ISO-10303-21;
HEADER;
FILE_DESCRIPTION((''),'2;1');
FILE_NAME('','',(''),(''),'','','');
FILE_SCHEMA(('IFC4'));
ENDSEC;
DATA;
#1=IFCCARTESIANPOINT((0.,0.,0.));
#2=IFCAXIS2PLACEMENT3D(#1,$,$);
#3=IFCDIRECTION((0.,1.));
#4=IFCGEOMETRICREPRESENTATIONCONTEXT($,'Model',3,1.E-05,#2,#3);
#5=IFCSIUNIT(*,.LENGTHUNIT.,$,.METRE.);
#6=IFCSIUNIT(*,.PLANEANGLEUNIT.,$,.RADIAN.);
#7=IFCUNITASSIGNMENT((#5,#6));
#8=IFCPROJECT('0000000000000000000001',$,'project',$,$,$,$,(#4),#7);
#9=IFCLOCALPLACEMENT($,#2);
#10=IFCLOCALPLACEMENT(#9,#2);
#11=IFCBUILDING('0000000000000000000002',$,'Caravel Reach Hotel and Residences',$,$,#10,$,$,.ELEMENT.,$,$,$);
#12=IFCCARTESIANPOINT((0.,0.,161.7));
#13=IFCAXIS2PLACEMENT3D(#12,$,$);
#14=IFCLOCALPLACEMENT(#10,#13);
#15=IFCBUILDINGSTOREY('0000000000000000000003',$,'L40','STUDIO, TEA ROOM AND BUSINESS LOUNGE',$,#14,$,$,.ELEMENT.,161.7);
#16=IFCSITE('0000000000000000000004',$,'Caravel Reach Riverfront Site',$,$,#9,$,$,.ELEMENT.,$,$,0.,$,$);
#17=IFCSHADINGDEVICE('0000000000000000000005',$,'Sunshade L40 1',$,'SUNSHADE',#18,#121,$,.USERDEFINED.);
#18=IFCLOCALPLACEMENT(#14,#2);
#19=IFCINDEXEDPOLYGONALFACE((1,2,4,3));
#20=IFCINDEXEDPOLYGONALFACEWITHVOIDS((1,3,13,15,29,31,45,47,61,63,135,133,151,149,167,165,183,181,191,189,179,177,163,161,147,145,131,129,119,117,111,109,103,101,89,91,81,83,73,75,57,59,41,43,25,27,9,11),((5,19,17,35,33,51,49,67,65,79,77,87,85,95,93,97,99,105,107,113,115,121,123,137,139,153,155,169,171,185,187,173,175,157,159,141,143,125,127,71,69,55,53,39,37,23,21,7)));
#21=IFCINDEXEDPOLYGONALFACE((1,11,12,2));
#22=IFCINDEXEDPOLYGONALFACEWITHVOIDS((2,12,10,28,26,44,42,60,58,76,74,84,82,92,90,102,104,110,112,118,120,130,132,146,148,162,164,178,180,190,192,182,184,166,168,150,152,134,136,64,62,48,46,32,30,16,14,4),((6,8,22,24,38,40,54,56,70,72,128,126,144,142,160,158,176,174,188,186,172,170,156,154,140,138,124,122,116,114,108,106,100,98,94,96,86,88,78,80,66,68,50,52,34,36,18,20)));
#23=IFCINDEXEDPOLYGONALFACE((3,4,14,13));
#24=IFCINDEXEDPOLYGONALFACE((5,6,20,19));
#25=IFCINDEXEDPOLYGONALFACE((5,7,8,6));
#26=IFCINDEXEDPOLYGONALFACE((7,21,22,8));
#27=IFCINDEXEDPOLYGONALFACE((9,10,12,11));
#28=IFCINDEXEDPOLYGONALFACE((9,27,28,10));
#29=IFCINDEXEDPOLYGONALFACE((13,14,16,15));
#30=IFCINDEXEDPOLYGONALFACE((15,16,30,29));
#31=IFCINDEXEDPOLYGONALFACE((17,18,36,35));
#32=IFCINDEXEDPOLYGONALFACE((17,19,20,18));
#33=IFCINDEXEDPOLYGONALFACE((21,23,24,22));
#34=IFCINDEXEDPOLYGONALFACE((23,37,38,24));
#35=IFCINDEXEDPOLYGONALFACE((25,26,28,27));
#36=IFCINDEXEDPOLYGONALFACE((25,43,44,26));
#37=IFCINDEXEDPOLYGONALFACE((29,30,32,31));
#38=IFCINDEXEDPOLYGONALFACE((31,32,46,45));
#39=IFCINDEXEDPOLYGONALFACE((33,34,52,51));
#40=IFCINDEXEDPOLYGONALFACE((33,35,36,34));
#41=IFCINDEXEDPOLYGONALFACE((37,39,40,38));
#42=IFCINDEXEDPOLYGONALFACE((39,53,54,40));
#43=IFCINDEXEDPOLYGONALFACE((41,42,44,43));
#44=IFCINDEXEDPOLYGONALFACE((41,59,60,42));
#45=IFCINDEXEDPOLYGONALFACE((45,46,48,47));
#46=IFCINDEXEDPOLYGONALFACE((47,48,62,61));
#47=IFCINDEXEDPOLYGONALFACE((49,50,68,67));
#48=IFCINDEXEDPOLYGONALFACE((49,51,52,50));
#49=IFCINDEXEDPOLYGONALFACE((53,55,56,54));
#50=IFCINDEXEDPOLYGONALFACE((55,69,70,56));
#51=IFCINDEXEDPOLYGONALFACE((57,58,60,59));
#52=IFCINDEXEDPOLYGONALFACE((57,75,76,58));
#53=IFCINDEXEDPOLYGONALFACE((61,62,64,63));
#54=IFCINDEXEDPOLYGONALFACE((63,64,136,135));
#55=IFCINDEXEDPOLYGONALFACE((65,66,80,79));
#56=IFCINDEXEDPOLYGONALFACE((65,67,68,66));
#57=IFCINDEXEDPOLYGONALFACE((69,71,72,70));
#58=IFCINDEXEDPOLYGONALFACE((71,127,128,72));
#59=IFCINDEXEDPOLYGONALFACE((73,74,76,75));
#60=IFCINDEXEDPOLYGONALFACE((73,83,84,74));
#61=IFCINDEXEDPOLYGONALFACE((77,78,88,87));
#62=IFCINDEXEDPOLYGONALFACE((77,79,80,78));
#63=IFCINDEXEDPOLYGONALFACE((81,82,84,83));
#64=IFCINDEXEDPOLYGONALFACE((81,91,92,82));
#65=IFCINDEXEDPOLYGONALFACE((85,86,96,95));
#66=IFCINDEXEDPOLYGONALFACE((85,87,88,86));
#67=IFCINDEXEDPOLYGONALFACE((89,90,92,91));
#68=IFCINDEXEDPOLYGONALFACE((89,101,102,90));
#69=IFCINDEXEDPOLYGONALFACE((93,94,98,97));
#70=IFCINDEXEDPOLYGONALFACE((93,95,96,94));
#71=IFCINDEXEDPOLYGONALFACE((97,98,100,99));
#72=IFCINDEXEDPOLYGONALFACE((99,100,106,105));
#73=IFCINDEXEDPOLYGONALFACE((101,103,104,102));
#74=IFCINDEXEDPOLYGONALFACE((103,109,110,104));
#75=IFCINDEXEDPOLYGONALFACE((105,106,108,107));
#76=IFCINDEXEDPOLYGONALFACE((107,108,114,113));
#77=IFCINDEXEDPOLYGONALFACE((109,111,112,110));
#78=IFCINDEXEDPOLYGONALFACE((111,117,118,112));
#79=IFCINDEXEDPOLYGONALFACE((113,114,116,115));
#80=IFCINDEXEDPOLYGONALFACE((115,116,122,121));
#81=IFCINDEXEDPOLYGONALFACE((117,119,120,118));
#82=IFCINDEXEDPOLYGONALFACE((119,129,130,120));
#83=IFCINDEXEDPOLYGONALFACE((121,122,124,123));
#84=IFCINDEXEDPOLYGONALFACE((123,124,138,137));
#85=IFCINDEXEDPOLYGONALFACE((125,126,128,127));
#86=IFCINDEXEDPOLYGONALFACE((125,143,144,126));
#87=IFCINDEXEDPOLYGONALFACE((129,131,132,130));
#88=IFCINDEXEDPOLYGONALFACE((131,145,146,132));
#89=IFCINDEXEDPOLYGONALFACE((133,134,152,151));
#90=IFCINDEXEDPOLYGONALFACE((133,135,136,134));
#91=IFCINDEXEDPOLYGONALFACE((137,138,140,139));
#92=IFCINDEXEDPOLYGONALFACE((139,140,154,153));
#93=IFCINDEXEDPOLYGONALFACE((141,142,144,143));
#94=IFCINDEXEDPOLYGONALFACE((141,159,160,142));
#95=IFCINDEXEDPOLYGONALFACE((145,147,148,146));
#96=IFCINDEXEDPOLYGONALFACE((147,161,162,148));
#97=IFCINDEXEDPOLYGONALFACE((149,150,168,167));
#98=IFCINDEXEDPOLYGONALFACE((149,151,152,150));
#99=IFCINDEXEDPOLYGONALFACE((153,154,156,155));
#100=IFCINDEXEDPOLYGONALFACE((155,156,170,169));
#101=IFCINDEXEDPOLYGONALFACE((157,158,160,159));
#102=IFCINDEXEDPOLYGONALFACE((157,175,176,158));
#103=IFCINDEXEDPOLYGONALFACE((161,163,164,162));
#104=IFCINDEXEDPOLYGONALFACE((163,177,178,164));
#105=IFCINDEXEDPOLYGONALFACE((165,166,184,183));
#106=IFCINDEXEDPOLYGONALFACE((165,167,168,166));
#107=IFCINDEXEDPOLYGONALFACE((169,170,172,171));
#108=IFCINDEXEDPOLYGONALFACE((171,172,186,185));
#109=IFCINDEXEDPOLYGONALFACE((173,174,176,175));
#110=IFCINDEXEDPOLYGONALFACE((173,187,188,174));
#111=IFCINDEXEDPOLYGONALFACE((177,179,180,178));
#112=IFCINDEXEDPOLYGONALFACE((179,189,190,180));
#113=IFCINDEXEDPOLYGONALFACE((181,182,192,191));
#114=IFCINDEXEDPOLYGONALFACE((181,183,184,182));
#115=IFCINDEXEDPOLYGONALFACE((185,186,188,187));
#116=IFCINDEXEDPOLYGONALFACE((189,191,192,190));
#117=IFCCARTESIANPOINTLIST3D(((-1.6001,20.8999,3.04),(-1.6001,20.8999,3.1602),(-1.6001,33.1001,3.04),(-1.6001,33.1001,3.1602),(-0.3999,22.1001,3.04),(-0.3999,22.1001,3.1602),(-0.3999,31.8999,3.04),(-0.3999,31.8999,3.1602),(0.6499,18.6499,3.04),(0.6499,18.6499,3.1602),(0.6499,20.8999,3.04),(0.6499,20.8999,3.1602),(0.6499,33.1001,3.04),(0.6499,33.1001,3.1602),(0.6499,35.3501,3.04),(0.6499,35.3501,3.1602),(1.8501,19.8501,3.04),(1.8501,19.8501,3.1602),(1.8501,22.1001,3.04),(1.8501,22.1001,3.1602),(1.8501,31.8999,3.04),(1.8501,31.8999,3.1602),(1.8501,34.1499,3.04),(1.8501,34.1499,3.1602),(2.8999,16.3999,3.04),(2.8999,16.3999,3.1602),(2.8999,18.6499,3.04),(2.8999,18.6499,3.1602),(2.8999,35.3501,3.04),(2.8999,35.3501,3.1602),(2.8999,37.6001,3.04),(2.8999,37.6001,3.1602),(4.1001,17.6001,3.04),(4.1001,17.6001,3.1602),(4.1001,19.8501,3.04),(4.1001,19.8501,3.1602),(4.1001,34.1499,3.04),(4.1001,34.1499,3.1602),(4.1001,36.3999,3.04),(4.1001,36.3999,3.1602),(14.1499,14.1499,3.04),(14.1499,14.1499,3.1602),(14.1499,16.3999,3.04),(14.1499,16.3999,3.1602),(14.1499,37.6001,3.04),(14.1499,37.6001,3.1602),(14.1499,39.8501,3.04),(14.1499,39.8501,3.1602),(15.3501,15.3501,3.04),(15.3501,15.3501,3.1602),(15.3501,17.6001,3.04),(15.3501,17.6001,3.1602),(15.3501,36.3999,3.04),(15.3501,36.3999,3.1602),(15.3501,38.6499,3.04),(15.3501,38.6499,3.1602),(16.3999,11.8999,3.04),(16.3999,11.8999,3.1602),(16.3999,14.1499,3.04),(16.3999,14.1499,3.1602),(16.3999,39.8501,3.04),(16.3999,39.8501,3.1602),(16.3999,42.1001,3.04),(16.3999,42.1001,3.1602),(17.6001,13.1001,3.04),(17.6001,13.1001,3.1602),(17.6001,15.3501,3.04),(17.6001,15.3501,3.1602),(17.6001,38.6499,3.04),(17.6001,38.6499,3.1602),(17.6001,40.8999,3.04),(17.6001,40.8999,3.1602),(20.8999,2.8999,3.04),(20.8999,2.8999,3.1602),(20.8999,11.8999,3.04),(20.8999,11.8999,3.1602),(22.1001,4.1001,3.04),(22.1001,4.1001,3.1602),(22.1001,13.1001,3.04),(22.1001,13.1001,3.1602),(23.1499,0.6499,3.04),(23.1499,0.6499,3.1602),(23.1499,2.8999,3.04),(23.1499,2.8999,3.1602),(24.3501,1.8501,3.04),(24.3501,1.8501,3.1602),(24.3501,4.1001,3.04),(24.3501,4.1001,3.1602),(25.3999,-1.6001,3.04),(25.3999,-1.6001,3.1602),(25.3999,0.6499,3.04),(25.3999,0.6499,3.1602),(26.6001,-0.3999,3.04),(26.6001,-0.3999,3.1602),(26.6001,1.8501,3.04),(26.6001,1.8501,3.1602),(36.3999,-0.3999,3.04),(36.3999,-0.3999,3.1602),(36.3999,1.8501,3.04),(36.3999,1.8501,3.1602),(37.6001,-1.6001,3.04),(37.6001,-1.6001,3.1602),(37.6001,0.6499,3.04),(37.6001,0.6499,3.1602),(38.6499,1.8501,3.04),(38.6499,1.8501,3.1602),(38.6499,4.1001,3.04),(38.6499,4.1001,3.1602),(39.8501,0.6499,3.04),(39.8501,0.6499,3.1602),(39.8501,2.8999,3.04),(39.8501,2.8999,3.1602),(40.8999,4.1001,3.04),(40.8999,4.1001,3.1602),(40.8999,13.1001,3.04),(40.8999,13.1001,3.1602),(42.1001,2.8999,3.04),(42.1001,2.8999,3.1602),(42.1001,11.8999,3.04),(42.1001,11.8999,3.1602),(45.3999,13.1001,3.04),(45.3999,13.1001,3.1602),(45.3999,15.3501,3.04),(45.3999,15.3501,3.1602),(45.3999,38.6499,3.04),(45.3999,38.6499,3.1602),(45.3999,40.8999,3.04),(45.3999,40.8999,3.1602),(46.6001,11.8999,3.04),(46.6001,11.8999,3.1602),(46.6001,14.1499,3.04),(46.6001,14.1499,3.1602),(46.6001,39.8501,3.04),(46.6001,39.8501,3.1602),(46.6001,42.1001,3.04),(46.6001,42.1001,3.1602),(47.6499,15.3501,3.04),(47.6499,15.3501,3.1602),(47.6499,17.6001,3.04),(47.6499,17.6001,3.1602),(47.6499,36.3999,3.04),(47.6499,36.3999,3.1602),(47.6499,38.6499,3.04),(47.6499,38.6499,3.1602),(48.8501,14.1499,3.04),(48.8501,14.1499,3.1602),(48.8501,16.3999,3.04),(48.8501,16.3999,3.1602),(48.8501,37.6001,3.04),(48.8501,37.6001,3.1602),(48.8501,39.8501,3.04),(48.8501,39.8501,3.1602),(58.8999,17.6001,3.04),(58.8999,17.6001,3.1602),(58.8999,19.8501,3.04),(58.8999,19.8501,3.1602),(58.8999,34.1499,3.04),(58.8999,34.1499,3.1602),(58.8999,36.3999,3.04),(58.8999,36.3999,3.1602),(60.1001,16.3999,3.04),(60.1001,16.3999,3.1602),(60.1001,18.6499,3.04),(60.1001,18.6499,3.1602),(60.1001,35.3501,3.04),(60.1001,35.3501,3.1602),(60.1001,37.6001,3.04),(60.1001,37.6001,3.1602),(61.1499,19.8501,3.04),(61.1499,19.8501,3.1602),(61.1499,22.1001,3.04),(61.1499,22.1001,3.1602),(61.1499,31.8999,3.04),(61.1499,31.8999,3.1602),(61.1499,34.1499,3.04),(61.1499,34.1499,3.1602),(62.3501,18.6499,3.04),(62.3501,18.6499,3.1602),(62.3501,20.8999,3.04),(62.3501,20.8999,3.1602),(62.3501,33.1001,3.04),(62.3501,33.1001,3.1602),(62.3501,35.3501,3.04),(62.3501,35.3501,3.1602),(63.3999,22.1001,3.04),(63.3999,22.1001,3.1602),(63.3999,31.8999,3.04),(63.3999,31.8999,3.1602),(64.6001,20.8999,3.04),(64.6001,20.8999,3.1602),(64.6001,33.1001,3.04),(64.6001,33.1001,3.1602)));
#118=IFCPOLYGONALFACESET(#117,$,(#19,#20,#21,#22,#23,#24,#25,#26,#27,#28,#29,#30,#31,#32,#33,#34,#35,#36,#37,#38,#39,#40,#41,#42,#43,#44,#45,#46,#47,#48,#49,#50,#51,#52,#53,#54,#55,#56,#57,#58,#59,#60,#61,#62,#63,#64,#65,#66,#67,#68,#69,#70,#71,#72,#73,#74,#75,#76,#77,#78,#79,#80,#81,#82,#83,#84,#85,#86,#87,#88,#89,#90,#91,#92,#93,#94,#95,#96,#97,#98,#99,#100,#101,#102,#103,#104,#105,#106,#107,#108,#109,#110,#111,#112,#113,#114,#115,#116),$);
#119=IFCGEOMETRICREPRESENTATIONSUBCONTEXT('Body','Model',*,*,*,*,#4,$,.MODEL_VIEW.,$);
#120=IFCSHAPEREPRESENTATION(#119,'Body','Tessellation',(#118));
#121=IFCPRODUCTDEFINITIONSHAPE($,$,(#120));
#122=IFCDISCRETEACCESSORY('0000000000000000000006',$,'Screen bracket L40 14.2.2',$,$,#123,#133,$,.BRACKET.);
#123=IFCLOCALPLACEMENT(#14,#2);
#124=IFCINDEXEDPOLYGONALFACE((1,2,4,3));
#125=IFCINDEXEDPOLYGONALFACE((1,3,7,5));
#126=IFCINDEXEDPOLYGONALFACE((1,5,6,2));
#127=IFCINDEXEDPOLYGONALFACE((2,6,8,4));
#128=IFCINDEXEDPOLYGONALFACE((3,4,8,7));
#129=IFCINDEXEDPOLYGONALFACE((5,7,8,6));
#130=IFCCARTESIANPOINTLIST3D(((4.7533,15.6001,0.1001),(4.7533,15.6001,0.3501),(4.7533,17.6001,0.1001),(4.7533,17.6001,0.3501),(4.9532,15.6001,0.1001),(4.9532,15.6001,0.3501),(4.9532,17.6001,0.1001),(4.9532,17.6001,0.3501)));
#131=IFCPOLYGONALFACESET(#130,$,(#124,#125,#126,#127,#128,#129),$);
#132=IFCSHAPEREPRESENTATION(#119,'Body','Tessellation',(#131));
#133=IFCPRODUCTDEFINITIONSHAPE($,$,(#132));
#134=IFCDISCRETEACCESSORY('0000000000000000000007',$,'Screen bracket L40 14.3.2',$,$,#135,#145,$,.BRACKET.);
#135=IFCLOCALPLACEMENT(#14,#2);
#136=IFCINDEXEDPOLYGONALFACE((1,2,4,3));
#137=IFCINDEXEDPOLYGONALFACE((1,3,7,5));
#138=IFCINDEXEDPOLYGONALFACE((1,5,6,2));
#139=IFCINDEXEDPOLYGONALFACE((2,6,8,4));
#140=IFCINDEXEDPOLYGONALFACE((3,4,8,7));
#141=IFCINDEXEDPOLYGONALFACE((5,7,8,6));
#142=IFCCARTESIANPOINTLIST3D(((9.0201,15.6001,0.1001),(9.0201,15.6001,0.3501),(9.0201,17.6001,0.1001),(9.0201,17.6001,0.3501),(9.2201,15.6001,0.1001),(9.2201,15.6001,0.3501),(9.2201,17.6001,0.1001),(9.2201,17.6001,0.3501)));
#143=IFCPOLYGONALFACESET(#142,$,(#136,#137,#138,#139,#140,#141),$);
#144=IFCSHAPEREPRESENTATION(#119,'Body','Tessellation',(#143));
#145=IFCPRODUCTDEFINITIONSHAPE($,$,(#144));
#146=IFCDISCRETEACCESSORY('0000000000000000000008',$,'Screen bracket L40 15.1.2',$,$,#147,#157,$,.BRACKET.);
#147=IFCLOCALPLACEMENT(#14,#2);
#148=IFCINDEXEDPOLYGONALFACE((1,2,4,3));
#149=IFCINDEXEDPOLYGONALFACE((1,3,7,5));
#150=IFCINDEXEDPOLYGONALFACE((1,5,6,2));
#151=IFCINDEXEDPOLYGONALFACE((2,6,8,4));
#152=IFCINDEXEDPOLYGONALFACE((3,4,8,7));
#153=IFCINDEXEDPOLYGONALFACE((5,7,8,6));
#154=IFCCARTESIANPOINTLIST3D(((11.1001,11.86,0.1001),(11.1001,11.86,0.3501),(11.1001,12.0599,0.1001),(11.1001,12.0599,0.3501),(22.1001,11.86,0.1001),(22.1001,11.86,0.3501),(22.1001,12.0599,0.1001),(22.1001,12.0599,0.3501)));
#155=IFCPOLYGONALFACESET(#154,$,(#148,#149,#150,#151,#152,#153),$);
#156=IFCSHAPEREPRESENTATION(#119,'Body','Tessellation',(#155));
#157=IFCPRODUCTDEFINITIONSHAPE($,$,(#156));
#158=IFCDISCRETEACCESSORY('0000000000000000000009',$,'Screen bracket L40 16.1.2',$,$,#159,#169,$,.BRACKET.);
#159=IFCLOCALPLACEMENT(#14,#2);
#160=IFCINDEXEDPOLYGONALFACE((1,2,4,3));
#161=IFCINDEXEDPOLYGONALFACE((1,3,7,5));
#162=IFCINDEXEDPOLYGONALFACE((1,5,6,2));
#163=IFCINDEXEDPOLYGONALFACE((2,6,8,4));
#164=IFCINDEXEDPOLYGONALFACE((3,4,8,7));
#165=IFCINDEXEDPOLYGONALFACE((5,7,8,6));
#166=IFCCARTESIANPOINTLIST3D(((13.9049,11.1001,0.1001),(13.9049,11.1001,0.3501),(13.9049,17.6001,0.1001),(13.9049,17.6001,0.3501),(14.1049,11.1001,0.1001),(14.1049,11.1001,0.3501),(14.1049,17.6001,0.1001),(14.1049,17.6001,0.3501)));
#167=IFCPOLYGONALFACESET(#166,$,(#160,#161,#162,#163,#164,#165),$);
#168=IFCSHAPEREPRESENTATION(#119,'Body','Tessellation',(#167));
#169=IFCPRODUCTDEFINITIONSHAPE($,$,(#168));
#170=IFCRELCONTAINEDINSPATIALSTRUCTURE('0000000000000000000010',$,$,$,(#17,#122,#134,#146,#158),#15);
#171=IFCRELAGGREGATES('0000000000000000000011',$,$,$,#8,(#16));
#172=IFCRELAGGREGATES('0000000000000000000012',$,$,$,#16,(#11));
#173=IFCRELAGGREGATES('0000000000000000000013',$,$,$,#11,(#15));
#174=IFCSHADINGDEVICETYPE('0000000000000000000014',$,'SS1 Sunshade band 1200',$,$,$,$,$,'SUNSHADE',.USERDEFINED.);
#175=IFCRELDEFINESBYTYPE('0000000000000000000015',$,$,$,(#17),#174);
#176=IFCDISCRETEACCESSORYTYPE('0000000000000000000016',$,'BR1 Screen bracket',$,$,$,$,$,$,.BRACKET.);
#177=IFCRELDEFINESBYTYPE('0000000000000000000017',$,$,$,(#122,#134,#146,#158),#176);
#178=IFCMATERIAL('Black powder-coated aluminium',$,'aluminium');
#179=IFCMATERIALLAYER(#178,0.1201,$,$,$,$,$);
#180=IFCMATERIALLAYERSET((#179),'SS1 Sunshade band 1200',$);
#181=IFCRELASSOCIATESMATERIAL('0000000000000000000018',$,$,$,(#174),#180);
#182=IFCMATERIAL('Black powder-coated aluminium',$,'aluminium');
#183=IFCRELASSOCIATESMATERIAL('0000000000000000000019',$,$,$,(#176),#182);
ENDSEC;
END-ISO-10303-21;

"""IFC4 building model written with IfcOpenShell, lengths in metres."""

from ifc_helpers import new_model, si_unit, direction, frame, origin, origin_2d, place, context, subcontext, project, spatial, polyline, rectangle, outline, extrude, material, layer, layer_set, type_object, element, save


model = new_model("IFC4")

# Units and contexts
model_context = context("Model", 3, precision=1e-05, world=origin(), true_north=direction((0.0, 1.0)))
body_context = subcontext(model_context, "Body", "Model", "MODEL_VIEW")
ifc_project = project(units=[si_unit("LENGTHUNIT", "METRE"), si_unit("PLANEANGLEUNIT", "RADIAN")], contexts=[model_context])

# Site, building, storey
site_placement = place(None, origin())
site = spatial("IfcSite", under=ifc_project, at=site_placement, Name="Caravel Reach Riverfront Site", CompositionType="ELEMENT", RefElevation=0.0)
building_placement = place(site_placement, origin())
building = spatial("IfcBuilding", under=site, at=building_placement, Name="Caravel Reach Hotel and Residences", CompositionType="ELEMENT")
storey_placement = place(building_placement, frame((0.0, 0.0, 161.7)))
storey = spatial("IfcBuildingStorey", under=building, at=storey_placement, Name="L40", Description="STUDIO, TEA ROOM AND BUSINESS LOUNGE", CompositionType="ELEMENT", Elevation=161.7)

# Shading device
ifc_material_1 = material(Name="Black powder-coated aluminium", Category="aluminium")
ifc_layer_1 = layer(ifc_material_1, 0.1201)
ifc_layer_set_1 = layer_set([ifc_layer_1], Name="SS1 Sunshade band 1200")
shading_device_type = type_object("IfcShadingDeviceType", Name="SS1 Sunshade band 1200", ElementType="SUNSHADE", PredefinedType="USERDEFINED", material=ifc_layer_set_1)
shading_device_placement = place(storey_placement, frame((0.0, 0.0, 3.04)))
element("IfcShadingDevice", 1, at=shading_device_placement, inside=storey, type_object=shading_device_type, Name="Sunshade L40 1", ObjectType="SUNSHADE", PredefinedType="USERDEFINED", context=body_context, shape_type="SweptSolid", body=[
    extrude(outline(polyline([(20.8999, 11.8999), (20.8999, 2.8999), (23.1499, 2.8999), (23.1499, 0.6499), (25.3999, 0.6499), (25.3999, -1.6001), (37.6001, -1.6001), (37.6001, 0.6499), (39.8501, 0.6499), (39.8501, 2.8999), (42.1001, 2.8999), (42.1001, 11.8999), (46.6001, 11.8999), (46.6001, 14.1499), (48.8501, 14.1499), (48.8501, 16.3999), (60.1001, 16.3999), (60.1001, 18.6499), (62.3501, 18.6499), (62.3501, 20.8999), (64.6001, 20.8999), (64.6001, 33.1001), (62.3501, 33.1001), (62.3501, 35.3501), (60.1001, 35.3501), (60.1001, 37.6001), (48.8501, 37.6001), (48.8501, 39.8501), (46.6001, 39.8501), (46.6001, 42.1001), (16.3999, 42.1001), (16.3999, 39.8501), (14.1499, 39.8501), (14.1499, 37.6001), (2.8999, 37.6001), (2.8999, 35.3501), (0.6499, 35.3501), (0.6499, 33.1001), (-1.6001, 33.1001), (-1.6001, 20.8999), (0.6499, 20.8999), (0.6499, 18.6499), (2.8999, 18.6499), (2.8999, 16.3999), (14.1499, 16.3999), (14.1499, 14.1499), (16.3999, 14.1499), (16.3999, 11.8999), (20.8999, 11.8999)]), holes=[polyline([(24.3501, 4.1001), (22.1001, 4.1001), (22.1001, 13.1001), (17.6001, 13.1001), (17.6001, 15.3501), (15.3501, 15.3501), (15.3501, 17.6001), (4.1001, 17.6001), (4.1001, 19.8501), (1.8501, 19.8501), (1.8501, 22.1001), (-0.3999, 22.1001), (-0.3999, 31.8999), (1.8501, 31.8999), (1.8501, 34.1499), (4.1001, 34.1499), (4.1001, 36.3999), (15.3501, 36.3999), (15.3501, 38.6499), (17.6001, 38.6499), (17.6001, 40.8999), (45.3999, 40.8999), (45.3999, 38.6499), (47.6499, 38.6499), (47.6499, 36.3999), (58.8999, 36.3999), (58.8999, 34.1499), (61.1499, 34.1499), (61.1499, 31.8999), (63.3999, 31.8999), (63.3999, 22.1001), (61.1499, 22.1001), (61.1499, 19.8501), (58.8999, 19.8501), (58.8999, 17.6001), (47.6499, 17.6001), (47.6499, 15.3501), (45.3999, 15.3501), (45.3999, 13.1001), (40.8999, 13.1001), (40.8999, 4.1001), (38.6499, 4.1001), (38.6499, 1.8501), (36.3999, 1.8501), (36.3999, -0.3999), (26.6001, -0.3999), (26.6001, 1.8501), (24.3501, 1.8501), (24.3501, 4.1001)])]), origin(), (0.0, 0.0, 1.0), 0.1201),
])

# Discrete accessories
ifc_material_2 = material(Name="Black powder-coated aluminium", Category="aluminium")
discrete_accessory_type = type_object("IfcDiscreteAccessoryType", Name="BR1 Screen bracket", PredefinedType="BRACKET", material=ifc_material_2)
for number, where, z_axis, x_axis, name in (
    (2, (4.8533, 16.6001, 0.1001), (0.0, 0.0, 1.0), (0.0, -1.0, 0.0), "Screen bracket L40 14.2.2"),
    (3, (9.1201, 16.6001, 0.1001), (0.0, 0.0, 1.0), (0.0, -1.0, 0.0), "Screen bracket L40 14.3.2"),
):
    element("IfcDiscreteAccessory", number, at=place(storey_placement, frame(where, z_axis=z_axis, x_axis=x_axis)), inside=storey, type_object=discrete_accessory_type, Name=name, PredefinedType="BRACKET", context=body_context, shape_type="SweptSolid", body=[
        extrude(rectangle(XDim=2.0, YDim=0.2, at=origin_2d()), origin(), (0.0, 0.0, 1.0), 0.25),
    ])
discrete_accessory_1_placement = place(storey_placement, frame((16.6001, 11.96, 0.1001), z_axis=(0.0, 0.0, 1.0), x_axis=(-1.0, 0.0, 0.0)))
element("IfcDiscreteAccessory", 4, at=discrete_accessory_1_placement, inside=storey, type_object=discrete_accessory_type, Name="Screen bracket L40 15.1.2", PredefinedType="BRACKET", context=body_context, shape_type="SweptSolid", body=[
    extrude(rectangle(XDim=11.0, YDim=0.2, at=origin_2d()), origin(), (0.0, 0.0, 1.0), 0.25),
])
discrete_accessory_2_placement = place(storey_placement, frame((14.0049, 14.3501, 0.1001), z_axis=(0.0, 0.0, 1.0), x_axis=(0.0, -1.0, 0.0)))
element("IfcDiscreteAccessory", 5, at=discrete_accessory_2_placement, inside=storey, type_object=discrete_accessory_type, Name="Screen bracket L40 16.1.2", PredefinedType="BRACKET", context=body_context, shape_type="SweptSolid", body=[
    extrude(rectangle(XDim=6.5, YDim=0.2, at=origin_2d()), origin(), (0.0, 0.0, 1.0), 0.25),
])

save(model, "model.ifc")
